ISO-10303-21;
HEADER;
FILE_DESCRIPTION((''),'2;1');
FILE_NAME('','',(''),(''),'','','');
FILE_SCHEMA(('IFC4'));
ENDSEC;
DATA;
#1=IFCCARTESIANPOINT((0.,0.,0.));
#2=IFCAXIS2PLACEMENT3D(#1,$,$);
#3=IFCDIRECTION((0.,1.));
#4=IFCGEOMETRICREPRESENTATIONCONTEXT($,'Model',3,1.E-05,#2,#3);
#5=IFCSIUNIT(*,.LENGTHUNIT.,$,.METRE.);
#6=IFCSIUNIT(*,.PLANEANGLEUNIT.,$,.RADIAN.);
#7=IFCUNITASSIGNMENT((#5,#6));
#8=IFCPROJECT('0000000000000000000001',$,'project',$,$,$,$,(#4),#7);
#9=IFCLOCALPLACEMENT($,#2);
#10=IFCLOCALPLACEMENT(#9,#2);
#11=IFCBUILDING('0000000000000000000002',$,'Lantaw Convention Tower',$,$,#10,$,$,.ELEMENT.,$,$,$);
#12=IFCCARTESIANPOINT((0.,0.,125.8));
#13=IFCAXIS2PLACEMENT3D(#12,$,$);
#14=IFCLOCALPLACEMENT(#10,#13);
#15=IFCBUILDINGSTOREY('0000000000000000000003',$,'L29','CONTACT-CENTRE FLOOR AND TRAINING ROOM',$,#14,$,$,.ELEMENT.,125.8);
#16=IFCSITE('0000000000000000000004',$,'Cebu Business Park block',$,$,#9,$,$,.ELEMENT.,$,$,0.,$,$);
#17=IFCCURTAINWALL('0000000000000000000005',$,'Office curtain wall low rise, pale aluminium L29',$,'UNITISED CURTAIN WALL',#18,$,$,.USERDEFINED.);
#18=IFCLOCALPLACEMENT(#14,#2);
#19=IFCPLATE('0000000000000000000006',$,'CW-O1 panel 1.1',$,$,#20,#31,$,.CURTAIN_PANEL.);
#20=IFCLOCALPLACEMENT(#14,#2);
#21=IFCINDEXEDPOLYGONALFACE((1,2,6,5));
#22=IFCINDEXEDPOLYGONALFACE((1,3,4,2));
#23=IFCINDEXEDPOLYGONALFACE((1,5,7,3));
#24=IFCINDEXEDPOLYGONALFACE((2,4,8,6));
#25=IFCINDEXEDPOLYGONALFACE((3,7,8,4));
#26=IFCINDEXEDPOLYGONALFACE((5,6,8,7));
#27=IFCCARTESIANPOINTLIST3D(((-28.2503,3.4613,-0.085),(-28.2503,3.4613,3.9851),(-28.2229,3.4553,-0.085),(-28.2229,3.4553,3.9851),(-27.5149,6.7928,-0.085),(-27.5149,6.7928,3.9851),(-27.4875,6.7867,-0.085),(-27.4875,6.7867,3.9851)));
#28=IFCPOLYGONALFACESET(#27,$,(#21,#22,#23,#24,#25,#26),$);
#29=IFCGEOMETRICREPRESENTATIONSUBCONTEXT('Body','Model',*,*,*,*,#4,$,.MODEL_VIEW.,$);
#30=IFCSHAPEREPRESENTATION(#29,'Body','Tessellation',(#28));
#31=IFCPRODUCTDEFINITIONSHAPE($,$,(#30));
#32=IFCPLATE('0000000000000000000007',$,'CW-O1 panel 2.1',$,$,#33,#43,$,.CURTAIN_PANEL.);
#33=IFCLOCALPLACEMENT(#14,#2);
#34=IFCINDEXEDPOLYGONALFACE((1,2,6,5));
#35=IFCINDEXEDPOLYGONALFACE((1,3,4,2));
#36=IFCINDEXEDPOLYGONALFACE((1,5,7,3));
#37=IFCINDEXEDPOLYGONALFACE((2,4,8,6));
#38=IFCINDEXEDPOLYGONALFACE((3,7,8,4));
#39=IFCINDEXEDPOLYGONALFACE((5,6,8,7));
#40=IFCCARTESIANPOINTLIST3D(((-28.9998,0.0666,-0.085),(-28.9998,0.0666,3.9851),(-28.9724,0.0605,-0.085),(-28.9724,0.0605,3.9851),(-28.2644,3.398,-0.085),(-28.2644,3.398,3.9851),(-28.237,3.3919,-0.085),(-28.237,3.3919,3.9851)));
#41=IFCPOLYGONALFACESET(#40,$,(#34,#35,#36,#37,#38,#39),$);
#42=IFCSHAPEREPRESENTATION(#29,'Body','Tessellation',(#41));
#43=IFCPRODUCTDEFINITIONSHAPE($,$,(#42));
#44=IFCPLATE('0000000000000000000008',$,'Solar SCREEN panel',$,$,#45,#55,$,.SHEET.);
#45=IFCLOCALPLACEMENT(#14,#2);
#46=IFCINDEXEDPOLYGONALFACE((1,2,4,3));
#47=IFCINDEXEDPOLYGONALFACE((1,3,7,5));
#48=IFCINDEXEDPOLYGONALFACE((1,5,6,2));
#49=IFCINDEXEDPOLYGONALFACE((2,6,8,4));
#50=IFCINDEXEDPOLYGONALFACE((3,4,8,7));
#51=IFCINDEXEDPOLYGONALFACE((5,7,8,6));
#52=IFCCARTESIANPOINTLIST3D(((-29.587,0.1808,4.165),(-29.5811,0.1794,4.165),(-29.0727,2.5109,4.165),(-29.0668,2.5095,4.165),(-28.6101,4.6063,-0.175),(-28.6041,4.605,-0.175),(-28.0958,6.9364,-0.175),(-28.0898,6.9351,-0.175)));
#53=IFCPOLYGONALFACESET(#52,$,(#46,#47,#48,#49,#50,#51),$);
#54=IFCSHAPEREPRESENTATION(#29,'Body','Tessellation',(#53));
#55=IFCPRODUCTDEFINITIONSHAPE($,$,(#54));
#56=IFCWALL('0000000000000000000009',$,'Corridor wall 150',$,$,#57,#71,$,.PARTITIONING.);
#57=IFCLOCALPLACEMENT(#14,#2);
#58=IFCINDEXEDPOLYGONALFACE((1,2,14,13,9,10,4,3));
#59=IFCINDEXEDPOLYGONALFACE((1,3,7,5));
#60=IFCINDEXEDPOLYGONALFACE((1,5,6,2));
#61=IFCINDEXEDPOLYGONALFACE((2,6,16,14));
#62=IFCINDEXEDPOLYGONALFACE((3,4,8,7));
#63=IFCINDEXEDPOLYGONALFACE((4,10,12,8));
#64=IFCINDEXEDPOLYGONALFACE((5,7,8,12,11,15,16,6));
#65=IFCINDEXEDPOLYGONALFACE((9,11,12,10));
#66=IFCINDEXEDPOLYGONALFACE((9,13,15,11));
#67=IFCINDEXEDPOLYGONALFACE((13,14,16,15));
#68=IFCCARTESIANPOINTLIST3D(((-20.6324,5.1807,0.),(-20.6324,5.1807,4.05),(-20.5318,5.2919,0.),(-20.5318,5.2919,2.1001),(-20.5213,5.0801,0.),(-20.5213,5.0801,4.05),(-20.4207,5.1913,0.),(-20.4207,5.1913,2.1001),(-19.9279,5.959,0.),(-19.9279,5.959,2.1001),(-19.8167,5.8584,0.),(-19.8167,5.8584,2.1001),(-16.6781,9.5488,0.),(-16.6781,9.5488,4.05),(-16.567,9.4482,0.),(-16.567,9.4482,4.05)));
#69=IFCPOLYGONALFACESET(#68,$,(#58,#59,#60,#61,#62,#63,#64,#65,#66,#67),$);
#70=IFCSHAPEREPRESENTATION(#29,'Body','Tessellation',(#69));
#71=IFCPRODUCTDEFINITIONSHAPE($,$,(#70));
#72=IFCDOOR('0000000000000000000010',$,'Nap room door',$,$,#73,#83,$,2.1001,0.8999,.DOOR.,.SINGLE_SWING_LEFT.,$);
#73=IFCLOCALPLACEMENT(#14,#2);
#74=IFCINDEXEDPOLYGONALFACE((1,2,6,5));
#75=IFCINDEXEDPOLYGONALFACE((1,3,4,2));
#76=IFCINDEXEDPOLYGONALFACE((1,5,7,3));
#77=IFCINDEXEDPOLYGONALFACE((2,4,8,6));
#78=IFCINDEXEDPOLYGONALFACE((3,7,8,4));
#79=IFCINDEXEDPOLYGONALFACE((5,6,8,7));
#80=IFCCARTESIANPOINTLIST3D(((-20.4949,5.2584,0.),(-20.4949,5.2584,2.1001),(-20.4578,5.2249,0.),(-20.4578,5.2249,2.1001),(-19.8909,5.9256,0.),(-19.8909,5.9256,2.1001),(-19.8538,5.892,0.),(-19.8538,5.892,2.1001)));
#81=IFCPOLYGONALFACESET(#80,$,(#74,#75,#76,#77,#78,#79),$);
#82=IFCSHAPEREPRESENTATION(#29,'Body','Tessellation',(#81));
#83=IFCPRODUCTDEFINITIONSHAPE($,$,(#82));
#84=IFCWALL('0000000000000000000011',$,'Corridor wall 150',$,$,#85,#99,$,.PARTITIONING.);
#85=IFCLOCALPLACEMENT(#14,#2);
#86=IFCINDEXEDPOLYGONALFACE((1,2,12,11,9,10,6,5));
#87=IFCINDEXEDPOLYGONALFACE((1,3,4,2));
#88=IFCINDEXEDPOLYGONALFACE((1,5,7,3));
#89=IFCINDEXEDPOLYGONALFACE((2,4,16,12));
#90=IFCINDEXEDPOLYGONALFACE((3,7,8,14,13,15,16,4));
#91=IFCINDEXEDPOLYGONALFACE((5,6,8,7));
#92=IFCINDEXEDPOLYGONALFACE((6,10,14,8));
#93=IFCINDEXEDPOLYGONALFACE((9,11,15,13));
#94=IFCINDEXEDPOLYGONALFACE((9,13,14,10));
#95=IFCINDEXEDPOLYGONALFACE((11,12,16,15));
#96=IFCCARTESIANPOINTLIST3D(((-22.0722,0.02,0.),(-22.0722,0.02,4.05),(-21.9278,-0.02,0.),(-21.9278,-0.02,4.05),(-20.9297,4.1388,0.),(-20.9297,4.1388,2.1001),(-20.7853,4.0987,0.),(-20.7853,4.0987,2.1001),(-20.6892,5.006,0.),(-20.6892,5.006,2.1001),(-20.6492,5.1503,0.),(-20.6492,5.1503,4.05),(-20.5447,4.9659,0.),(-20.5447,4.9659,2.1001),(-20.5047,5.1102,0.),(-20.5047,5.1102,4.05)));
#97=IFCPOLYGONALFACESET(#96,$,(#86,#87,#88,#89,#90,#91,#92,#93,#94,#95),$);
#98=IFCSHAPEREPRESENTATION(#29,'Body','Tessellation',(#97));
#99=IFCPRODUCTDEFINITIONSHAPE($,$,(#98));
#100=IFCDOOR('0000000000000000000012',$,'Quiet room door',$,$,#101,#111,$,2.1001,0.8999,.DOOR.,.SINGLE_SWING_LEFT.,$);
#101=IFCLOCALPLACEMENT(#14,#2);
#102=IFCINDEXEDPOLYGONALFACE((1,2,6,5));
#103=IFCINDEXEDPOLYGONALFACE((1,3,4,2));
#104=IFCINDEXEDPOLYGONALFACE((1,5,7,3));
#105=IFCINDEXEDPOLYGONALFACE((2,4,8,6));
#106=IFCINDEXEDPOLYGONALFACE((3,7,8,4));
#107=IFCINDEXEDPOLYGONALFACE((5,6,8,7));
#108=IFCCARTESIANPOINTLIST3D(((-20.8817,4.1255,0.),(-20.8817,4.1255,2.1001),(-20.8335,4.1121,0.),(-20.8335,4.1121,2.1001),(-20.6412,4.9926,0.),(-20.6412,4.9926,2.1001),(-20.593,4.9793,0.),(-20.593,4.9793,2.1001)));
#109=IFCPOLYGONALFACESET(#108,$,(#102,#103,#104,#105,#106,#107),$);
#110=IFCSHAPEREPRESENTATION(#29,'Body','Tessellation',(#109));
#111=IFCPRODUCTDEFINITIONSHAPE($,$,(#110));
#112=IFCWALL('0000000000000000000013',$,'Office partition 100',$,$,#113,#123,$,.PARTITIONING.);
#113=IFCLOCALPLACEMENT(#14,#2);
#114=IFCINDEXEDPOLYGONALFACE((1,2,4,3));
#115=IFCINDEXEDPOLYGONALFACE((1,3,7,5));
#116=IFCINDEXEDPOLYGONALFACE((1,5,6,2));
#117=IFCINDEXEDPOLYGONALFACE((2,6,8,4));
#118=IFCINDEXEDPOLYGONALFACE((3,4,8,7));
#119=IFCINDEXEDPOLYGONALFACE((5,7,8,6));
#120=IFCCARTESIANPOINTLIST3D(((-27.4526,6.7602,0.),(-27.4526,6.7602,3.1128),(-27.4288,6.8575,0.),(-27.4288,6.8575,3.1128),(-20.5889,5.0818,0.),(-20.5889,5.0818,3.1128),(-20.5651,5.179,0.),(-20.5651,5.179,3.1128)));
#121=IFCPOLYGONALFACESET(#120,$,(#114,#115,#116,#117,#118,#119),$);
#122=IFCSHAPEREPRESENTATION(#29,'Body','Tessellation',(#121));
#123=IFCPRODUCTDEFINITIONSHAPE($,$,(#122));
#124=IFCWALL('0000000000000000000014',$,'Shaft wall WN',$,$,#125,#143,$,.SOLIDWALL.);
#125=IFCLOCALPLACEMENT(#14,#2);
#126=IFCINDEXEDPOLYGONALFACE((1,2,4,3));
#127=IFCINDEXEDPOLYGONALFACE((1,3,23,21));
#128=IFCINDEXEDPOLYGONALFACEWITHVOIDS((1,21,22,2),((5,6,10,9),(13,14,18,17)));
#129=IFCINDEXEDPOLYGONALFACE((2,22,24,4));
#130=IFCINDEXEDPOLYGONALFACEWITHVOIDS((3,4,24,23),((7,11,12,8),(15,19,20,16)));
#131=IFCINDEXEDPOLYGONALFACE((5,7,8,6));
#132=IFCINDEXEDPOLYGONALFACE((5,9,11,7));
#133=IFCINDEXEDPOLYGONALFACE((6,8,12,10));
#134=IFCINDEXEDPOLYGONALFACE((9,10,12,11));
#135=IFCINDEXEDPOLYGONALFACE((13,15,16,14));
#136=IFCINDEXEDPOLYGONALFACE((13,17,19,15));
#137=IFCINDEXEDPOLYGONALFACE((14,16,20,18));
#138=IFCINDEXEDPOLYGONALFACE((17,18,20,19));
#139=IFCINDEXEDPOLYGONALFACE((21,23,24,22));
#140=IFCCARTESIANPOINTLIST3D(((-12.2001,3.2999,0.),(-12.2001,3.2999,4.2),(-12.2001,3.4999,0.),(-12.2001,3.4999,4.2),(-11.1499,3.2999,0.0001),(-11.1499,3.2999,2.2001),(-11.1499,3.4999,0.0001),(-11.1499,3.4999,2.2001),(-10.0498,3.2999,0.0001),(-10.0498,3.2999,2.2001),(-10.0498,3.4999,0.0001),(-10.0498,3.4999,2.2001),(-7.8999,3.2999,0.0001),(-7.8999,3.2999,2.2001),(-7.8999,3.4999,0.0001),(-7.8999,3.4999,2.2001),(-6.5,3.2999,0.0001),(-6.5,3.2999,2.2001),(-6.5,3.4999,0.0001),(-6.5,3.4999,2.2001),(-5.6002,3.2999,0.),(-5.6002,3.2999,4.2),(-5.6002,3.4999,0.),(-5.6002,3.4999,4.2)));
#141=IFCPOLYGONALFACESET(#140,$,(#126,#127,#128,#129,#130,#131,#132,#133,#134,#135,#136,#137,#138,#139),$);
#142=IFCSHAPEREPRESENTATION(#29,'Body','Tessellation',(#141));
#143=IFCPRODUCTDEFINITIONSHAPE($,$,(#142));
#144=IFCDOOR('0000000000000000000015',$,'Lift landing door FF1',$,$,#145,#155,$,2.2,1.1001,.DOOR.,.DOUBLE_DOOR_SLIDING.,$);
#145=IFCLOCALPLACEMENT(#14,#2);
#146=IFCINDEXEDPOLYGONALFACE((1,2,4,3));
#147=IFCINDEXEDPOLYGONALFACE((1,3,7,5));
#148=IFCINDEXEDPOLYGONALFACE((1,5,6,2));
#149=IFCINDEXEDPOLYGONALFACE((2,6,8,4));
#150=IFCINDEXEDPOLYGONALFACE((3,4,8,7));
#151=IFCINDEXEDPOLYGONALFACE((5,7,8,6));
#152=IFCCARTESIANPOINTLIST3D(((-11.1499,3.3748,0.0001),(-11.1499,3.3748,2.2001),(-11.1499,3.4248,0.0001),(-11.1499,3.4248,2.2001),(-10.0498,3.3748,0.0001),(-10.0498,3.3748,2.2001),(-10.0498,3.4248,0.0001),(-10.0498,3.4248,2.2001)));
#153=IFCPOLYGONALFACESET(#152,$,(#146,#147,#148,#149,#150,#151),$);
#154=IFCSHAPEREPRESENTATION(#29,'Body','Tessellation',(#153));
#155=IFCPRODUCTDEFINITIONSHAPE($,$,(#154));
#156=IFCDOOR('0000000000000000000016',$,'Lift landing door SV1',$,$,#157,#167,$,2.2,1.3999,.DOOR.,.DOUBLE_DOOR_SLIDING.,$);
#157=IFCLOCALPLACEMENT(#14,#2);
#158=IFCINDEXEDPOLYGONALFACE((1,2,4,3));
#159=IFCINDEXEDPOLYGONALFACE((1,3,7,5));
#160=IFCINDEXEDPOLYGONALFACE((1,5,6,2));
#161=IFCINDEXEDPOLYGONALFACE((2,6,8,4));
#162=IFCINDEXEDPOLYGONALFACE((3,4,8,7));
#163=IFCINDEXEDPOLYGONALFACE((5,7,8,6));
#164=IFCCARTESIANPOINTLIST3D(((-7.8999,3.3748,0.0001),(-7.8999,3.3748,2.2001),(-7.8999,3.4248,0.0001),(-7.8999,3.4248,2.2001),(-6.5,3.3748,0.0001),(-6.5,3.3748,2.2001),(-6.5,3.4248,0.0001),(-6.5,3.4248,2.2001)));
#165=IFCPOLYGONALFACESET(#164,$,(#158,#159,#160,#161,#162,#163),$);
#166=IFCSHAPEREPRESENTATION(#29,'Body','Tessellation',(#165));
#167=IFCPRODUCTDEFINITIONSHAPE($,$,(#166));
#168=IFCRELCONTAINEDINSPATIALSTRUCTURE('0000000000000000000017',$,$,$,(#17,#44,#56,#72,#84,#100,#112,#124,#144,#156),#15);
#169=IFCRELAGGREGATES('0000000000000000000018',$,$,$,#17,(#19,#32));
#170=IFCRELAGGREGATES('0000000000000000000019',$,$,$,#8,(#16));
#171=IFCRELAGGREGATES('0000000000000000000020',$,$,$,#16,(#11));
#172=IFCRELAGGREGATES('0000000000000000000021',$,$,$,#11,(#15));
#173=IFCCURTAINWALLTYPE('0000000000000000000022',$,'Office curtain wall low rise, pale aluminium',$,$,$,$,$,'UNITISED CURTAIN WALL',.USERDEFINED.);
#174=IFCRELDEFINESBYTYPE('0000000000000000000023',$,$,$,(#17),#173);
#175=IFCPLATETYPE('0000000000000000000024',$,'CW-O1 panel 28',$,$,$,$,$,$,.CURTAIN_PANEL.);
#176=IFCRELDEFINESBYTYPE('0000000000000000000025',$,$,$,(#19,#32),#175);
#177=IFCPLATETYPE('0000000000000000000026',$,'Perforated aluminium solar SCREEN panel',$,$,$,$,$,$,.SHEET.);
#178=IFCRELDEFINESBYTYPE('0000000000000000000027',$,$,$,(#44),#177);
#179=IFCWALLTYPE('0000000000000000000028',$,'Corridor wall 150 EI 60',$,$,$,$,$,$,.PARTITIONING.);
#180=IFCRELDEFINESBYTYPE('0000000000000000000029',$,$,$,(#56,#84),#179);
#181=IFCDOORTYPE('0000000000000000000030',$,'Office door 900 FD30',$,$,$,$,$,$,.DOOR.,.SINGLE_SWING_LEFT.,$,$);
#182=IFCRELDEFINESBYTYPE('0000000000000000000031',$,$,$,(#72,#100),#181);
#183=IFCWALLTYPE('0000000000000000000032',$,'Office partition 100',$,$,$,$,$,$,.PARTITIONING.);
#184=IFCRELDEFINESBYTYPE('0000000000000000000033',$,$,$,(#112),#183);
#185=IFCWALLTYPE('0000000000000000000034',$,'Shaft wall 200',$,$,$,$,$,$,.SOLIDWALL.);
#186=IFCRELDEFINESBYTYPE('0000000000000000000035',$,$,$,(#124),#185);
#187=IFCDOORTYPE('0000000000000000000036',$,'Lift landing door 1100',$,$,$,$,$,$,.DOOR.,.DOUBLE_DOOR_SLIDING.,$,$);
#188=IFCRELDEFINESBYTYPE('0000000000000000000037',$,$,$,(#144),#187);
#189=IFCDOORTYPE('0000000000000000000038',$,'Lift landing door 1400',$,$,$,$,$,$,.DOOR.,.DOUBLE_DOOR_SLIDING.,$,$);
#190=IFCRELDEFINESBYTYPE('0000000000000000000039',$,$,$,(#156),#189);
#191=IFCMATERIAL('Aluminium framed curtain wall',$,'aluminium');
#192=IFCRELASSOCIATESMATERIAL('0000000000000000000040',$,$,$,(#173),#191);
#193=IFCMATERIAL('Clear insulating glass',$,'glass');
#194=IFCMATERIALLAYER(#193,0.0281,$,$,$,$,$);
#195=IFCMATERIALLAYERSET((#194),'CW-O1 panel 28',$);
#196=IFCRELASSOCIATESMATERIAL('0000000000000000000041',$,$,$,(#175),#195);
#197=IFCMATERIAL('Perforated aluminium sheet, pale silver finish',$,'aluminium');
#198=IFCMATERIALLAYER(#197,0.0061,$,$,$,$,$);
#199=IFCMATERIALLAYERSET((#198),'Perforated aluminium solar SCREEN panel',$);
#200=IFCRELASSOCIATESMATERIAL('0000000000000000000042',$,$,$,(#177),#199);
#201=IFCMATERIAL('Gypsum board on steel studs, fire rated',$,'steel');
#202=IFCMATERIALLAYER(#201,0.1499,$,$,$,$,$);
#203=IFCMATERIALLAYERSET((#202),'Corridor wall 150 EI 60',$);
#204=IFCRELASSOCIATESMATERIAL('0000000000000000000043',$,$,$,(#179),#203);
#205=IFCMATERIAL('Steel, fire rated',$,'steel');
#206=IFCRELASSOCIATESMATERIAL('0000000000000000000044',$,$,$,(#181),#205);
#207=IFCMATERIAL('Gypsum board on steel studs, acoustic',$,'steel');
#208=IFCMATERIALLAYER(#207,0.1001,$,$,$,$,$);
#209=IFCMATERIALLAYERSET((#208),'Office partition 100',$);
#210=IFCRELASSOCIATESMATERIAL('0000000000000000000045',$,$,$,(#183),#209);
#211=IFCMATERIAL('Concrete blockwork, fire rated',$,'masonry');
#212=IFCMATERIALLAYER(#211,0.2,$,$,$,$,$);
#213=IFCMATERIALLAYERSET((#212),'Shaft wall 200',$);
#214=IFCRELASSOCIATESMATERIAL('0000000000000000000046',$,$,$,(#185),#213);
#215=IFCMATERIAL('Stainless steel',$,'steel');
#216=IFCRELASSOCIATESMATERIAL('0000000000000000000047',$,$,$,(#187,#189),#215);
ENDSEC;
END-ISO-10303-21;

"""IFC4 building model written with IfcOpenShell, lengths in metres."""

from ifc_helpers import new_model, si_unit, direction, frame, frame_2d, origin, origin_2d, place, context, subcontext, project, spatial, polyline, rectangle, outline, extrude, material, layer, layer_set, type_object, element, fill, aggregate, save


model = new_model("IFC4")

# Units and contexts
model_context = context("Model", 3, precision=1e-05, world=origin(), true_north=direction((0.0, 1.0)))
body_context = subcontext(model_context, "Body", "Model", "MODEL_VIEW")
ifc_project = project(units=[si_unit("LENGTHUNIT", "METRE"), si_unit("PLANEANGLEUNIT", "RADIAN")], contexts=[model_context])

# Site, building, storey
site_placement = place(None, origin())
site = spatial("IfcSite", under=ifc_project, at=site_placement, Name="Cebu Business Park block", CompositionType="ELEMENT", RefElevation=0.0)
building_placement = place(site_placement, origin())
building = spatial("IfcBuilding", under=site, at=building_placement, Name="Lantaw Convention Tower", CompositionType="ELEMENT")
storey_placement = place(building_placement, frame((0.0, 0.0, 125.8)))
storey = spatial("IfcBuildingStorey", under=building, at=storey_placement, Name="L29", Description="CONTACT-CENTRE FLOOR AND TRAINING ROOM", CompositionType="ELEMENT", Elevation=125.8)

# Shared definitions
ifc_material_1 = material(Name="Aluminium framed curtain wall", Category="aluminium")
curtain_wall_type = type_object("IfcCurtainWallType", Name="Office curtain wall low rise, pale aluminium", ElementType="UNITISED CURTAIN WALL", PredefinedType="USERDEFINED", material=ifc_material_1)

# Curtain wall
curtain_wall_1_placement = place(storey_placement, origin())
curtain_wall_1 = element("IfcCurtainWall", 1, at=curtain_wall_1_placement, inside=storey, type_object=curtain_wall_type, Name="Office curtain wall low rise, pale aluminium L29", ObjectType="UNITISED CURTAIN WALL", PredefinedType="USERDEFINED")

# Plates
ifc_material_2 = material(Name="Clear insulating glass", Category="glass")
ifc_layer_1 = layer(ifc_material_2, 0.0281)
ifc_layer_set_1 = layer_set([ifc_layer_1], Name="CW-O1 panel 28")
plate_type_1 = type_object("IfcPlateType", Name="CW-O1 panel 28", PredefinedType="CURTAIN_PANEL", material=ifc_layer_set_1)
plate_1_placement = place(storey_placement, frame((-27.8689, 5.124, -0.085), z_axis=(0.0, 0.0, 1.0), x_axis=(-0.215546, -0.976494, 0.0)))
plate_1 = element("IfcPlate", 2, at=plate_1_placement, type_object=plate_type_1, Name="CW-O1 panel 1.1", PredefinedType="CURTAIN_PANEL", context=body_context, shape_type="SweptSolid", body=[
    extrude(rectangle(XDim=3.4116, YDim=0.0281, at=origin_2d()), origin(), (0.0, 0.0, 1.0), 4.0701),
])
plate_2_placement = place(storey_placement, frame((-28.6184, 1.7292, -0.085), z_axis=(0.0, 0.0, 1.0), x_axis=(-0.215546, -0.976494, 0.0)))
plate_2 = element("IfcPlate", 3, at=plate_2_placement, type_object=plate_type_1, Name="CW-O1 panel 2.1", PredefinedType="CURTAIN_PANEL", context=body_context, shape_type="SweptSolid", body=[
    extrude(rectangle(XDim=3.4116, YDim=0.0281, at=origin_2d()), origin(), (0.0, 0.0, 1.0), 4.0701),
])
aggregate(curtain_wall_1, [plate_1, plate_2])
ifc_material_3 = material(Name="Perforated aluminium sheet, pale silver finish", Category="aluminium")
ifc_layer_2 = layer(ifc_material_3, 0.0061)
ifc_layer_set_2 = layer_set([ifc_layer_2], Name="Perforated aluminium solar SCREEN panel")
plate_type_2 = type_object("IfcPlateType", Name="Perforated aluminium solar SCREEN panel", PredefinedType="SHEET", material=ifc_layer_set_2)
plate_3_placement = place(storey_placement, frame((-28.0898, 6.9351, -0.175), z_axis=(0.976498, -0.215527, 0.000033), x_axis=(-0.215527, -0.976498, 0.0)))
element("IfcPlate", 4, at=plate_3_placement, inside=storey, type_object=plate_type_2, Name="Solar SCREEN panel", PredefinedType="SHEET", context=body_context, shape_type="SweptSolid", body=[
    extrude(outline(polyline([(0.0, 0.0), (2.3861, 0.0), (6.9182, -4.3401), (4.5321, -4.3401), (0.0, 0.0)])), origin(), (0.0, 0.0, -1.0), 0.0061),
])

# Walls, openings, doors
ifc_material_4 = material(Name="Gypsum board on steel studs, fire rated", Category="steel")
ifc_layer_3 = layer(ifc_material_4, 0.1499)
ifc_layer_set_3 = layer_set([ifc_layer_3], Name="Corridor wall 150 EI 60")
wall_type_1 = type_object("IfcWallType", Name="Corridor wall 150 EI 60", PredefinedType="PARTITIONING", material=ifc_layer_set_3)
wall_1_placement = place(storey_placement, frame((-16.6226, 9.4985, 0.0), z_axis=(0.0, 0.0, 1.0), x_axis=(-0.671118, -0.74135, 0.0)))
wall_1 = element("IfcWall", 5, at=wall_1_placement, inside=storey, type_object=wall_type_1, Name="Corridor wall 150", PredefinedType="PARTITIONING", context=body_context, shape_type="SweptSolid", body=[
    extrude(rectangle(XDim=5.8921, YDim=0.1499, at=frame_2d((2.946, 0.0))), origin(), (0.0, 0.0, 1.0), 4.05),
])
opening_1_placement = place(wall_1_placement, frame((4.8423, 0.0, 0.0)))
opening_1 = element("IfcOpeningElement", 6, at=opening_1_placement, cuts=wall_1, PredefinedType="OPENING", context=body_context, shape_type="SweptSolid", body=[
    extrude(rectangle(XDim=0.8999, YDim=2.1001, at=frame_2d((0.45, 1.05))), frame((0.0, 0.085, 0.0), z_axis=(0.0, -1.0, 0.0), x_axis=(1.0, 0.0, 0.0)), (0.0, 0.0, 1.0), 0.1699),
])
ifc_material_5 = material(Name="Steel, fire rated", Category="steel")
door_type_1 = type_object("IfcDoorType", Name="Office door 900 FD30", OperationType="SINGLE_SWING_LEFT", PredefinedType="DOOR", material=ifc_material_5)
door_1_placement = place(opening_1_placement, origin())
door_1 = element("IfcDoor", 7, at=door_1_placement, inside=storey, type_object=door_type_1, Name="Nap room door", OperationType="SINGLE_SWING_LEFT", OverallHeight=2.1001, OverallWidth=0.8999, PredefinedType="DOOR", context=body_context, shape_type="SweptSolid", body=[
    extrude(rectangle(XDim=0.8999, YDim=2.1001, at=frame_2d((0.45, 1.05))), frame((0.0, 0.0249, 0.0), z_axis=(0.0, -1.0, 0.0), x_axis=(1.0, 0.0, 0.0)), (0.0, 0.0, 1.0), 0.05),
])
fill(opening_1, door_1)
wall_2_placement = place(storey_placement, frame((-20.5769, 5.1304, 0.0), z_axis=(0.0, 0.0, 1.0), x_axis=(-0.267294, -0.963615, 0.0)))
wall_2 = element("IfcWall", 8, at=wall_2_placement, inside=storey, type_object=wall_type_1, Name="Corridor wall 150", PredefinedType="PARTITIONING", context=body_context, shape_type="SweptSolid", body=[
    extrude(rectangle(XDim=5.324, YDim=0.1499, at=frame_2d((2.6621, 0.0))), origin(), (0.0, 0.0, 1.0), 4.05),
])
opening_2_placement = place(wall_2_placement, frame((0.1499, 0.0, 0.0)))
opening_2 = element("IfcOpeningElement", 9, at=opening_2_placement, cuts=wall_2, PredefinedType="OPENING", context=body_context, shape_type="SweptSolid", body=[
    extrude(rectangle(XDim=0.8999, YDim=2.1001, at=frame_2d((0.45, 1.05))), frame((0.0, 0.085, 0.0), z_axis=(0.0, -1.0, 0.0), x_axis=(1.0, 0.0, 0.0)), (0.0, 0.0, 1.0), 0.1699),
])
door_2_placement = place(opening_2_placement, origin())
door_2 = element("IfcDoor", 10, at=door_2_placement, inside=storey, type_object=door_type_1, Name="Quiet room door", OperationType="SINGLE_SWING_LEFT", OverallHeight=2.1001, OverallWidth=0.8999, PredefinedType="DOOR", context=body_context, shape_type="SweptSolid", body=[
    extrude(rectangle(XDim=0.8999, YDim=2.1001, at=frame_2d((0.45, 1.05))), frame((0.0, 0.0249, 0.0), z_axis=(0.0, -1.0, 0.0), x_axis=(1.0, 0.0, 0.0)), (0.0, 0.0, 1.0), 0.05),
])
fill(opening_2, door_2)

# Wall
ifc_material_6 = material(Name="Gypsum board on steel studs, acoustic", Category="steel")
ifc_layer_4 = layer(ifc_material_6, 0.1001)
ifc_layer_set_4 = layer_set([ifc_layer_4], Name="Office partition 100")
wall_type_2 = type_object("IfcWallType", Name="Office partition 100", PredefinedType="PARTITIONING", material=ifc_layer_set_4)
wall_3_placement = place(storey_placement, frame((-27.4407, 6.8088, 0.0), z_axis=(0.0, 0.0, 1.0), x_axis=(0.971378, -0.237541, 0.0)))
element("IfcWall", 11, at=wall_3_placement, inside=storey, type_object=wall_type_2, Name="Office partition 100", PredefinedType="PARTITIONING", context=body_context, shape_type="SweptSolid", body=[
    extrude(rectangle(XDim=7.0659, YDim=0.1001, at=frame_2d((3.533, 0.0))), origin(), (0.0, 0.0, 1.0), 3.1128),
])

# Wall, openings, doors
ifc_material_7 = material(Name="Concrete blockwork, fire rated", Category="masonry")
ifc_layer_5 = layer(ifc_material_7, 0.2)
ifc_layer_set_5 = layer_set([ifc_layer_5], Name="Shaft wall 200")
wall_type_3 = type_object("IfcWallType", Name="Shaft wall 200", PredefinedType="SOLIDWALL", material=ifc_layer_set_5)
wall_4_placement = place(storey_placement, frame((-12.2, 3.3999, 0.0), z_axis=(0.0, 0.0, 1.0), x_axis=(1.0, 0.0, 0.0)))
wall_4 = element("IfcWall", 12, at=wall_4_placement, inside=storey, type_object=wall_type_3, Name="Shaft wall WN", PredefinedType="SOLIDWALL", context=body_context, shape_type="SweptSolid", body=[
    extrude(rectangle(XDim=6.5999, YDim=0.2, at=frame_2d((3.2998, 0.0))), origin(), (0.0, 0.0, 1.0), 4.2),
])
opening_3_placement = place(wall_4_placement, frame((1.05, 0.0, 0.0)))
opening_3 = element("IfcOpeningElement", 13, at=opening_3_placement, cuts=wall_4, PredefinedType="OPENING", context=body_context, shape_type="SweptSolid", body=[
    extrude(rectangle(XDim=1.1001, YDim=2.2, at=frame_2d((0.55, 1.1001))), frame((0.0, 0.1099, 0.0), z_axis=(0.0, -1.0, 0.0), x_axis=(1.0, 0.0, 0.0)), (0.0, 0.0, 1.0), 0.22),
])
opening_4_placement = place(wall_4_placement, frame((4.3, 0.0, 0.0)))
opening_4 = element("IfcOpeningElement", 14, at=opening_4_placement, cuts=wall_4, PredefinedType="OPENING", context=body_context, shape_type="SweptSolid", body=[
    extrude(rectangle(XDim=1.3999, YDim=2.2, at=frame_2d((0.7, 1.1001))), frame((0.0, 0.1099, 0.0), z_axis=(0.0, -1.0, 0.0), x_axis=(1.0, 0.0, 0.0)), (0.0, 0.0, 1.0), 0.22),
])
ifc_material_8 = material(Name="Stainless steel", Category="steel")
door_type_2 = type_object("IfcDoorType", Name="Lift landing door 1100", OperationType="DOUBLE_DOOR_SLIDING", PredefinedType="DOOR", material=ifc_material_8)
door_3_placement = place(opening_3_placement, origin())
door_3 = element("IfcDoor", 15, at=door_3_placement, inside=storey, type_object=door_type_2, Name="Lift landing door FF1", OperationType="DOUBLE_DOOR_SLIDING", OverallHeight=2.2, OverallWidth=1.1001, PredefinedType="DOOR", context=body_context, shape_type="SweptSolid", body=[
    extrude(rectangle(XDim=1.1001, YDim=2.2, at=frame_2d((0.55, 1.1001))), frame((0.0, 0.0249, 0.0), z_axis=(0.0, -1.0, 0.0), x_axis=(1.0, 0.0, 0.0)), (0.0, 0.0, 1.0), 0.05),
])
fill(opening_3, door_3)
door_type_3 = type_object("IfcDoorType", Name="Lift landing door 1400", OperationType="DOUBLE_DOOR_SLIDING", PredefinedType="DOOR", material=ifc_material_8)
door_4_placement = place(opening_4_placement, origin())
door_4 = element("IfcDoor", 16, at=door_4_placement, inside=storey, type_object=door_type_3, Name="Lift landing door SV1", OperationType="DOUBLE_DOOR_SLIDING", OverallHeight=2.2, OverallWidth=1.3999, PredefinedType="DOOR", context=body_context, shape_type="SweptSolid", body=[
    extrude(rectangle(XDim=1.3999, YDim=2.2, at=frame_2d((0.7, 1.1001))), frame((0.0, 0.0249, 0.0), z_axis=(0.0, -1.0, 0.0), x_axis=(1.0, 0.0, 0.0)), (0.0, 0.0, 1.0), 0.05),
])
fill(opening_4, door_4)

save(model, "model.ifc")
